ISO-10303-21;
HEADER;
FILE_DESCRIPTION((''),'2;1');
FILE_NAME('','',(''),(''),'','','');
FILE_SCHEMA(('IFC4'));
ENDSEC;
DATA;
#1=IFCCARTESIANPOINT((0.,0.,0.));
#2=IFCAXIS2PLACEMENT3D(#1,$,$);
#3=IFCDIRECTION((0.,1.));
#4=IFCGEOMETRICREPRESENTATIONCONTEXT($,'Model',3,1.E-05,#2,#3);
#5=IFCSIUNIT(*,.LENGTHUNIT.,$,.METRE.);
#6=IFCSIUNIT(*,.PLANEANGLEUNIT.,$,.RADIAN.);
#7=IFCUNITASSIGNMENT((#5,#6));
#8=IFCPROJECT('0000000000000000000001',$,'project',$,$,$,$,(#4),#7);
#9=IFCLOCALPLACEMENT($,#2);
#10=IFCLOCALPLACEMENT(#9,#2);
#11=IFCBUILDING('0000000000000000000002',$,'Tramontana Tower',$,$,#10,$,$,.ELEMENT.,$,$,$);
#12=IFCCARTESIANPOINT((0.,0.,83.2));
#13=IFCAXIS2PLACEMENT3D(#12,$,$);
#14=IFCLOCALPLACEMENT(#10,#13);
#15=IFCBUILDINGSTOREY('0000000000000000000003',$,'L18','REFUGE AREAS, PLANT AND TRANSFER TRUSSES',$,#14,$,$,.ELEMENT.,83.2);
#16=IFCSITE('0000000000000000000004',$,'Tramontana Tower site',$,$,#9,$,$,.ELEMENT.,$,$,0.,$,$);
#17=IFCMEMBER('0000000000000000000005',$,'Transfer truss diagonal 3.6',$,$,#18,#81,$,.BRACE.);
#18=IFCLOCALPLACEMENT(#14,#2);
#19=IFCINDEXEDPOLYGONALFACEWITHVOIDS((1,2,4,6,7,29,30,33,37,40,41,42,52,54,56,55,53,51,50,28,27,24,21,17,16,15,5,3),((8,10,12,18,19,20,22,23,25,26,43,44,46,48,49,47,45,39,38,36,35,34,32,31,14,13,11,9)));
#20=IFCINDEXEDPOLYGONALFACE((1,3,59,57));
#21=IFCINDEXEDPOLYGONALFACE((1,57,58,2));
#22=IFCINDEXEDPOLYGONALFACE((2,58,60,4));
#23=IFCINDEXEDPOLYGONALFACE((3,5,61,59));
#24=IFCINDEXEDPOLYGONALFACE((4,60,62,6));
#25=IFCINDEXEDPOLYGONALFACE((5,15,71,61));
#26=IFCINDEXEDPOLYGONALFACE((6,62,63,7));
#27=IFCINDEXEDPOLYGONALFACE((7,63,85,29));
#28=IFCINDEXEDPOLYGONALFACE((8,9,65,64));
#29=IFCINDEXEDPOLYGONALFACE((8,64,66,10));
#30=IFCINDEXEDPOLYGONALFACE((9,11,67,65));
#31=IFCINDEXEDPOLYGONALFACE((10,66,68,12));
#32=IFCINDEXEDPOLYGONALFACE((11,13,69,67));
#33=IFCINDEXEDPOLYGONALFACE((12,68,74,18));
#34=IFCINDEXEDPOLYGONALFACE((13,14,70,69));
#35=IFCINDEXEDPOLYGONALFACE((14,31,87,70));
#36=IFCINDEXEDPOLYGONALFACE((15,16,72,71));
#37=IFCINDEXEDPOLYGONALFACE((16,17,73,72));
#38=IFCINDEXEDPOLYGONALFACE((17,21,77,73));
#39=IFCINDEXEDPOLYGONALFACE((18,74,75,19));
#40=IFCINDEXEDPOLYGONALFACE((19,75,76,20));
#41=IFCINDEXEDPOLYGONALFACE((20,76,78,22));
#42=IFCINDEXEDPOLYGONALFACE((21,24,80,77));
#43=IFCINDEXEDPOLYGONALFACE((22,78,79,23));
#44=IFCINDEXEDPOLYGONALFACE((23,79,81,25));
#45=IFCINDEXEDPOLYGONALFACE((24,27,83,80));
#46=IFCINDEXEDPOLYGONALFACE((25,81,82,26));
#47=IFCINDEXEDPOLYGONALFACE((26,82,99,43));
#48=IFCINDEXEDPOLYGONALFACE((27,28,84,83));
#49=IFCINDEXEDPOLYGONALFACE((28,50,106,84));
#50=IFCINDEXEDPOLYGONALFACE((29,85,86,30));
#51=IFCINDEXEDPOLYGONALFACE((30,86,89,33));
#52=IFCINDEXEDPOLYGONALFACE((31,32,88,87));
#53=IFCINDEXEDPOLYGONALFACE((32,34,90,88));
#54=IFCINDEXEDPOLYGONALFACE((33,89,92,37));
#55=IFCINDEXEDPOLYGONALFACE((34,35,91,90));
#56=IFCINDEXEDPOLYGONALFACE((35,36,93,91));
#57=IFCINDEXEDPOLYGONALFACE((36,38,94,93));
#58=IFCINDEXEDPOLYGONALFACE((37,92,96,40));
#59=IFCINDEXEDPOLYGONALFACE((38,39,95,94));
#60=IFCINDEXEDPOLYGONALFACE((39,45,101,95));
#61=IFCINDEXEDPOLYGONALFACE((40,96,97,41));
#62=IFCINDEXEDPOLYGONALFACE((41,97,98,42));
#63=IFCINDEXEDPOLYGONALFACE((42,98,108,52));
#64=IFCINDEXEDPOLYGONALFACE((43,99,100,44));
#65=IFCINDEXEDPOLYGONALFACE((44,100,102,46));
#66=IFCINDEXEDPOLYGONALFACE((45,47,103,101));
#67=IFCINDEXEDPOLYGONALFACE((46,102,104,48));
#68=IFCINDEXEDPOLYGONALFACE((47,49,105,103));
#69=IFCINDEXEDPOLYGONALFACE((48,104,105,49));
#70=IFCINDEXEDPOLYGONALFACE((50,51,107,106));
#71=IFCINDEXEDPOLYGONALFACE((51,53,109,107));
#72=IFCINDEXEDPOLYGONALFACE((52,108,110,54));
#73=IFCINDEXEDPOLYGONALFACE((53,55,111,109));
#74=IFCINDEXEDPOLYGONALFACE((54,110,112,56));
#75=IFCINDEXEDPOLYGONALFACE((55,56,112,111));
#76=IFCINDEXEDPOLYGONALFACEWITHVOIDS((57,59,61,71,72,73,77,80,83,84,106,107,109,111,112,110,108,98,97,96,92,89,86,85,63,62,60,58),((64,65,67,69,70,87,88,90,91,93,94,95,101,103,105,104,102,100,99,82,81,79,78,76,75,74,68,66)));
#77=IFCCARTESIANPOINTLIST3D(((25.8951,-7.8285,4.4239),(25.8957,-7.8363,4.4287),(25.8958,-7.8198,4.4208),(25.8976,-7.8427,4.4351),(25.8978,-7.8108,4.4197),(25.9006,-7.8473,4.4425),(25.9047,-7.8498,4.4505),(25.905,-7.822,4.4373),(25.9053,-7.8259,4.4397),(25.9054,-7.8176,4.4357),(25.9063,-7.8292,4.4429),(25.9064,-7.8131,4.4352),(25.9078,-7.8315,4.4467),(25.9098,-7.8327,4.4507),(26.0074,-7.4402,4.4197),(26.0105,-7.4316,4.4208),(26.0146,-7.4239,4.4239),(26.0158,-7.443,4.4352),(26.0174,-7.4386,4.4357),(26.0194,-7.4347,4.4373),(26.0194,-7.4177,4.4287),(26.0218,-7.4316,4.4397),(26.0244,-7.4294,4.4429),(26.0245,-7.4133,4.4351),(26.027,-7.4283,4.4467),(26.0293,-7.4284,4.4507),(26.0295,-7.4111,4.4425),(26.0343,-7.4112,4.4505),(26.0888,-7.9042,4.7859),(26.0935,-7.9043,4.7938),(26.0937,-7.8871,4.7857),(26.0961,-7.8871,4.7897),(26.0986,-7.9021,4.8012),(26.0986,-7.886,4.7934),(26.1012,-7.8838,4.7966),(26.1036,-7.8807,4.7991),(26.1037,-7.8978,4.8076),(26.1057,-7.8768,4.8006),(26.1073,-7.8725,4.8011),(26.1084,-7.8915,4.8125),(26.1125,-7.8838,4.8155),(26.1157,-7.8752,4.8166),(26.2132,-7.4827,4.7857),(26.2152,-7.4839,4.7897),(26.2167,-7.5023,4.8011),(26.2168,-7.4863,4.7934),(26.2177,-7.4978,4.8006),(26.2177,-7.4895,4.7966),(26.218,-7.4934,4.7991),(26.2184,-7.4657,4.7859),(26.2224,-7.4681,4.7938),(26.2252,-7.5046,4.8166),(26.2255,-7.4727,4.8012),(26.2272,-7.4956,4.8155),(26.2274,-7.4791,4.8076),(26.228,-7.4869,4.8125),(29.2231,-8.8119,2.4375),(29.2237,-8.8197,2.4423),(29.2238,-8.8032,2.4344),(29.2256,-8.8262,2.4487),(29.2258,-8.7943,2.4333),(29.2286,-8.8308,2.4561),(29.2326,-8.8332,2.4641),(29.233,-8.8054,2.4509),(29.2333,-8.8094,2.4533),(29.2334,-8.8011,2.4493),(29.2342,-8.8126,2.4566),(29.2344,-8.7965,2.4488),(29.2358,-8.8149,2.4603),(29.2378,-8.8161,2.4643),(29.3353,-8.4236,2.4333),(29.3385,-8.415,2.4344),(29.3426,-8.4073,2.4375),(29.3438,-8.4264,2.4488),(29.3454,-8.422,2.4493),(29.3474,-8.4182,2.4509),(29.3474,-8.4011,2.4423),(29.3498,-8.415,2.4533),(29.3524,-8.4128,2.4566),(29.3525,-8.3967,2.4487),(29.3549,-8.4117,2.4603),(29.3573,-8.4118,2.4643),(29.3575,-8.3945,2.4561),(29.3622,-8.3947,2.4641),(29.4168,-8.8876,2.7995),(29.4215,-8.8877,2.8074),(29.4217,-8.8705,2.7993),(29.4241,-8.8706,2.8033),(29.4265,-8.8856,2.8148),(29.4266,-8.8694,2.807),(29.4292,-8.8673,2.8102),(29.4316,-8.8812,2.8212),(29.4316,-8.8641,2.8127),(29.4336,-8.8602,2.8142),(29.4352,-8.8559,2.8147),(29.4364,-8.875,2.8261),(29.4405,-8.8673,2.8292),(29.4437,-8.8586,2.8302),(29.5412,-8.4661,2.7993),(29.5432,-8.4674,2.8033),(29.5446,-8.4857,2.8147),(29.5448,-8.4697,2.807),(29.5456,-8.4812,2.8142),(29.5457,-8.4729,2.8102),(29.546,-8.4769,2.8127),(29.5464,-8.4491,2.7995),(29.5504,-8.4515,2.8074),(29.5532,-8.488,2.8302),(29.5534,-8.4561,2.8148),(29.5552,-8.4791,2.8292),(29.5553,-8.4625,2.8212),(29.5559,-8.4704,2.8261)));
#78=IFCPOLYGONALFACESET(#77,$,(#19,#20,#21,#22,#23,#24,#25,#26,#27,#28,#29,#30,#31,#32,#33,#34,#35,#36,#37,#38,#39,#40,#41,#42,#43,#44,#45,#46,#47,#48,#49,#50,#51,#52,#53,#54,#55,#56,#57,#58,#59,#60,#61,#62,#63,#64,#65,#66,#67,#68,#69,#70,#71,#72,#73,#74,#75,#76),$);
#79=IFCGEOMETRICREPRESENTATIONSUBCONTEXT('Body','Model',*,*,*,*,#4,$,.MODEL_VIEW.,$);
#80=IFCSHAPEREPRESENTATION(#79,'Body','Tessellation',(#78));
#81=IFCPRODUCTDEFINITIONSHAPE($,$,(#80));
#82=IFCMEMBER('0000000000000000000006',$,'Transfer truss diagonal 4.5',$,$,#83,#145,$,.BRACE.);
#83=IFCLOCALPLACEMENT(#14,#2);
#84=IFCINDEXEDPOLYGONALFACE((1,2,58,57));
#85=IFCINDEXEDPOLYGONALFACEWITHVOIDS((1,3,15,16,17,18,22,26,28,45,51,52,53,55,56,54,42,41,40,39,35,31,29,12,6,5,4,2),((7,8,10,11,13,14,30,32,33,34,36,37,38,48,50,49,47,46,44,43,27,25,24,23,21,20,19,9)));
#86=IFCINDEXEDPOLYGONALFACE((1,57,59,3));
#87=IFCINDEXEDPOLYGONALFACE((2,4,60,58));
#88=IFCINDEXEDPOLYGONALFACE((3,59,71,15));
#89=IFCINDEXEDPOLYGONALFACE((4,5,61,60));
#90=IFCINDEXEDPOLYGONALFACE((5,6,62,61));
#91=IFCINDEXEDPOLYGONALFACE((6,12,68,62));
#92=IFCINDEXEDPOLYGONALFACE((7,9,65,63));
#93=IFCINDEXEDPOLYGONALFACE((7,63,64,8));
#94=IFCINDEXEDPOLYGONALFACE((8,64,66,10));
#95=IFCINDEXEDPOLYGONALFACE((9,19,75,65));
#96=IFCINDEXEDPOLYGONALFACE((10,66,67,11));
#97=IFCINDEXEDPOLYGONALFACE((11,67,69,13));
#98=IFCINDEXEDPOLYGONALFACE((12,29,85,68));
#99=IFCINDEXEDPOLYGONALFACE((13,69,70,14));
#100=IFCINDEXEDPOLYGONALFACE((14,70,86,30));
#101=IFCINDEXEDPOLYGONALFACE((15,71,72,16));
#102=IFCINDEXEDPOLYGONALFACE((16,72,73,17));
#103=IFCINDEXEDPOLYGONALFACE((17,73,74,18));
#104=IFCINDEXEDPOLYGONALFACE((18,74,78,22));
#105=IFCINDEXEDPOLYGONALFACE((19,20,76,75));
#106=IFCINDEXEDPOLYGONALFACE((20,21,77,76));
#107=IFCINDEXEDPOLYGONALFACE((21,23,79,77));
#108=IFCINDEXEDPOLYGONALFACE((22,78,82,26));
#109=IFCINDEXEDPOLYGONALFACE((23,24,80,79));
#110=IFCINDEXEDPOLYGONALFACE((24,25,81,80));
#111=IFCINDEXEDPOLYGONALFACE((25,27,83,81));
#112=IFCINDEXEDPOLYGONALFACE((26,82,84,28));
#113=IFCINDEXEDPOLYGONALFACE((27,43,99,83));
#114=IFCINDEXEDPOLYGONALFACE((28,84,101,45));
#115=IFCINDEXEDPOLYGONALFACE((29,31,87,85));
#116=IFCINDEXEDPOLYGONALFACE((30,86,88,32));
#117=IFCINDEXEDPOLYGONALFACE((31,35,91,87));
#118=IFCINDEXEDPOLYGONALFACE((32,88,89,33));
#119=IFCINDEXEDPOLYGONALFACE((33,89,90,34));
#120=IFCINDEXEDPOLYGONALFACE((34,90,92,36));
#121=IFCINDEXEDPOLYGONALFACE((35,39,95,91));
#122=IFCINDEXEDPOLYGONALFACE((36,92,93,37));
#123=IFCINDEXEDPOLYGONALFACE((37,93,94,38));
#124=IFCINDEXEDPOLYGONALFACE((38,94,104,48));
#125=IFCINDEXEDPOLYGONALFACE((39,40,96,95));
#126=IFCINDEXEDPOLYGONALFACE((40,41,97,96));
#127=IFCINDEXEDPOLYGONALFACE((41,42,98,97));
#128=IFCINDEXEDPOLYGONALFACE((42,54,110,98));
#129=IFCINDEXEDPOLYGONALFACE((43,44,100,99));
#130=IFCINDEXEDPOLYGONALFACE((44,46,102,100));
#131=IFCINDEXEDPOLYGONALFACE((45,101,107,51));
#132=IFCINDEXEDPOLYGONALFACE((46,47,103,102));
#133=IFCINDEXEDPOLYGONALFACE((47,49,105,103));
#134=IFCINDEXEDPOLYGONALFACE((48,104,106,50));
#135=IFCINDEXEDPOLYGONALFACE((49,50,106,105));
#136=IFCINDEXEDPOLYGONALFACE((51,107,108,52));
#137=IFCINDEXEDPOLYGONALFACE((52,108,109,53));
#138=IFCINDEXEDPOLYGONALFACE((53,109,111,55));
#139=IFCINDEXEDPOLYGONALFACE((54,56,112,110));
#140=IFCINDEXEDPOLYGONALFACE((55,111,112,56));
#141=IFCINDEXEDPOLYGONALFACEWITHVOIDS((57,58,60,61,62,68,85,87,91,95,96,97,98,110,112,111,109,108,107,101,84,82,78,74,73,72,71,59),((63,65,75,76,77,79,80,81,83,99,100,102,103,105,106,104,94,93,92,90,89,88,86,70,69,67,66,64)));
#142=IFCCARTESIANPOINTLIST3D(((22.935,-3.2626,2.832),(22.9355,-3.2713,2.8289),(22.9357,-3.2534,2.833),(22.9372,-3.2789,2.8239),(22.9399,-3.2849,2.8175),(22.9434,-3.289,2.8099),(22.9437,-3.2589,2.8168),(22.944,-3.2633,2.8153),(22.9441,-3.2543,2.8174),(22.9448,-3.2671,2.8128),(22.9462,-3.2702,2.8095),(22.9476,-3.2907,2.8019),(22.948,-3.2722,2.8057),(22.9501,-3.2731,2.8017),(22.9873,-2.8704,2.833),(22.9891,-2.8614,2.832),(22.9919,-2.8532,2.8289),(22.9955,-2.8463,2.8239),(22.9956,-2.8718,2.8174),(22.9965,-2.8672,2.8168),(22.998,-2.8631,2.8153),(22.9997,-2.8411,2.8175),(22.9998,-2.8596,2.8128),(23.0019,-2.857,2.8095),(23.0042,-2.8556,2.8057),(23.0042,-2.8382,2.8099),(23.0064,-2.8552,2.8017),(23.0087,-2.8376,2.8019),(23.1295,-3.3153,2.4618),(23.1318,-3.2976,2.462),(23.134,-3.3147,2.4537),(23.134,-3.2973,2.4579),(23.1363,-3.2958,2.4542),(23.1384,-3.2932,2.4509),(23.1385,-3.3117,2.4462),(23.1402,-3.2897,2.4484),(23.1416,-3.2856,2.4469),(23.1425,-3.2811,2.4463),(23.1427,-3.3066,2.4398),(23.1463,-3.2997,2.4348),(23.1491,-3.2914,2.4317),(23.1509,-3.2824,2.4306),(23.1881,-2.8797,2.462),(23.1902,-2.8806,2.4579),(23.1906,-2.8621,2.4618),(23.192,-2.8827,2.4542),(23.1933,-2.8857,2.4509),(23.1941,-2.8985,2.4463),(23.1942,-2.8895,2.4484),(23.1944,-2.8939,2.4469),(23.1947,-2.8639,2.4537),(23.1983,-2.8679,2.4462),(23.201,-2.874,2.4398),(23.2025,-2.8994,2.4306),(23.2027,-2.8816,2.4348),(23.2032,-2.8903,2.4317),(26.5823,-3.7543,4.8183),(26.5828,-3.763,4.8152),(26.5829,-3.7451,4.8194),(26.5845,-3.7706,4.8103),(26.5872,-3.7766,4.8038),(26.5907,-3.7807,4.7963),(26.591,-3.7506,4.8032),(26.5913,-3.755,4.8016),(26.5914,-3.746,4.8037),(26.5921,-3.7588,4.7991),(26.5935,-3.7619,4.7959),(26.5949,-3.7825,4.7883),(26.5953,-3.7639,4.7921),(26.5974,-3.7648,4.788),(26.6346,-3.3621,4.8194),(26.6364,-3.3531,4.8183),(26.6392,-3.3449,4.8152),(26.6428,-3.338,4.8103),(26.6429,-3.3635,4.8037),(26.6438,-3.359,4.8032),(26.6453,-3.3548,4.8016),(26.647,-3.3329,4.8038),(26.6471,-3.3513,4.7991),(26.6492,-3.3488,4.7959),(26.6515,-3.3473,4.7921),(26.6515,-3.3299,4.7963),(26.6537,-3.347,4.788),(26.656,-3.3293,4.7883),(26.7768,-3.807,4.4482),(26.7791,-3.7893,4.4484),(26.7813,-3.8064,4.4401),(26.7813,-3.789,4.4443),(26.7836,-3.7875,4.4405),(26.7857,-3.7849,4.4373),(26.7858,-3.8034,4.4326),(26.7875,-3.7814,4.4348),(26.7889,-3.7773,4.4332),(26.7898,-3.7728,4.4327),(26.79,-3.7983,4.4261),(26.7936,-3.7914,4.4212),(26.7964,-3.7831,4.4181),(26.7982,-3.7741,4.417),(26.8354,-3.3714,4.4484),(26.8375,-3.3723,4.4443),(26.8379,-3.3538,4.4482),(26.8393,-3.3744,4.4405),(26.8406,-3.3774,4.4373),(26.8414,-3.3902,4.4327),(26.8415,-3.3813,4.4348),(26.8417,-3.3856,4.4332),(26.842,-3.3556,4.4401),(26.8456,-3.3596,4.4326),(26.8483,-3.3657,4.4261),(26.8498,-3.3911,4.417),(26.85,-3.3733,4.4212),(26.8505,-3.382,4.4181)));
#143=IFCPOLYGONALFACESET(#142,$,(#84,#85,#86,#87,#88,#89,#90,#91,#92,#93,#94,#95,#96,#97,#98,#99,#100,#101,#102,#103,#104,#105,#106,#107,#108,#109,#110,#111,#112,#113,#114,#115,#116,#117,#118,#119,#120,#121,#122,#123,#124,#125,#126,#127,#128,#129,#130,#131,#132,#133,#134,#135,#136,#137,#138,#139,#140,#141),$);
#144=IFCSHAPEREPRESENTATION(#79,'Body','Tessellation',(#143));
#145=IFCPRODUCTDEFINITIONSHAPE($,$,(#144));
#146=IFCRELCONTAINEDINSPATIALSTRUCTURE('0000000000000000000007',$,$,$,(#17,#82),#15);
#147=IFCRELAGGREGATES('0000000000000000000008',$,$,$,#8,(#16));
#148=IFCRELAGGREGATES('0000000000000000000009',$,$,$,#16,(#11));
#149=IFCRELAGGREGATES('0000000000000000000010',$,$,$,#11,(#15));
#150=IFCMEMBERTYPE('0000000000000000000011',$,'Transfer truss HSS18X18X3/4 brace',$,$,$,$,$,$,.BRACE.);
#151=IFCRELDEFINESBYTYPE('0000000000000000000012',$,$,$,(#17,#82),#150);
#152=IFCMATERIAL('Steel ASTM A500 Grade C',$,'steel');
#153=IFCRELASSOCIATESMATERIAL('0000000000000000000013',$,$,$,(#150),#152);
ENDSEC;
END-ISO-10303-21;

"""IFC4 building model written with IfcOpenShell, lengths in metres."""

from ifc_helpers import new_model, si_unit, direction, frame, origin, origin_2d, place, context, subcontext, project, spatial, hollow_rectangle, extrude, material, material_profile, profile_set, type_object, element, save


model = new_model("IFC4")

# Units and contexts
model_context = context("Model", 3, precision=1e-05, world=origin(), true_north=direction((0.0, 1.0)))
body_context = subcontext(model_context, "Body", "Model", "MODEL_VIEW")
ifc_project = project(units=[si_unit("LENGTHUNIT", "METRE"), si_unit("PLANEANGLEUNIT", "RADIAN")], contexts=[model_context])

# Site, building, storey
site_placement = place(None, origin())
site = spatial("IfcSite", under=ifc_project, at=site_placement, Name="Tramontana Tower site", CompositionType="ELEMENT", RefElevation=0.0)
building_placement = place(site_placement, origin())
building = spatial("IfcBuilding", under=site, at=building_placement, Name="Tramontana Tower", CompositionType="ELEMENT")
storey_placement = place(building_placement, frame((0.0, 0.0, 83.2)))
storey = spatial("IfcBuildingStorey", under=building, at=storey_placement, Name="L18", Description="REFUGE AREAS, PLANT AND TRANSFER TRUSSES", CompositionType="ELEMENT", Elevation=83.2)

# Members
ifc_material_1 = material(Name="Steel ASTM A500 Grade C", Category="steel")
ifc_material_profile_1 = material_profile(ifc_material_1, hollow_rectangle(XDim=0.4573, YDim=0.4573, WallThickness=0.0178, InnerFilletRadius=0.0178, OuterFilletRadius=0.0354, at=origin_2d()), Name="HSS18X18X3/4")
ifc_profile_set_1 = profile_set([ifc_material_profile_1], Name="Steel ASTM A500 Grade C")
member_type_1 = type_object("IfcMemberType", Name="Transfer truss HSS18X18X3/4 brace", PredefinedType="BRACE", material=ifc_profile_set_1)
member_1_placement = place(storey_placement, frame((26.0615, -7.6577, 4.6182), z_axis=(0.832299, -0.245947, -0.496778), x_axis=(0.283389, 0.959005, 0.0)))
element("IfcMember", 1, at=member_1_placement, inside=storey, type_object=member_type_1, Name="Transfer truss diagonal 3.6", PredefinedType="BRACE", context=body_context, shape_type="SweptSolid", body=[
    extrude(hollow_rectangle(XDim=0.4573, YDim=0.4573, WallThickness=0.0178, InnerFilletRadius=0.0178, OuterFilletRadius=0.0354, at=origin_2d()), origin(), (0.0, 0.0, 1.0), 3.9985),
])
member_2_placement = place(storey_placement, frame((23.0691, -3.0764, 2.6318), z_axis=(0.872114, -0.117574, 0.474966), x_axis=(0.133606, 0.991034, 0.0)))
element("IfcMember", 2, at=member_2_placement, inside=storey, type_object=member_type_1, Name="Transfer truss diagonal 4.5", PredefinedType="BRACE", context=body_context, shape_type="SweptSolid", body=[
    extrude(hollow_rectangle(XDim=0.4573, YDim=0.4573, WallThickness=0.0178, InnerFilletRadius=0.0178, OuterFilletRadius=0.0354, at=origin_2d()), origin(), (0.0, 0.0, 1.0), 4.1821),
])

save(model, "model.ifc")
